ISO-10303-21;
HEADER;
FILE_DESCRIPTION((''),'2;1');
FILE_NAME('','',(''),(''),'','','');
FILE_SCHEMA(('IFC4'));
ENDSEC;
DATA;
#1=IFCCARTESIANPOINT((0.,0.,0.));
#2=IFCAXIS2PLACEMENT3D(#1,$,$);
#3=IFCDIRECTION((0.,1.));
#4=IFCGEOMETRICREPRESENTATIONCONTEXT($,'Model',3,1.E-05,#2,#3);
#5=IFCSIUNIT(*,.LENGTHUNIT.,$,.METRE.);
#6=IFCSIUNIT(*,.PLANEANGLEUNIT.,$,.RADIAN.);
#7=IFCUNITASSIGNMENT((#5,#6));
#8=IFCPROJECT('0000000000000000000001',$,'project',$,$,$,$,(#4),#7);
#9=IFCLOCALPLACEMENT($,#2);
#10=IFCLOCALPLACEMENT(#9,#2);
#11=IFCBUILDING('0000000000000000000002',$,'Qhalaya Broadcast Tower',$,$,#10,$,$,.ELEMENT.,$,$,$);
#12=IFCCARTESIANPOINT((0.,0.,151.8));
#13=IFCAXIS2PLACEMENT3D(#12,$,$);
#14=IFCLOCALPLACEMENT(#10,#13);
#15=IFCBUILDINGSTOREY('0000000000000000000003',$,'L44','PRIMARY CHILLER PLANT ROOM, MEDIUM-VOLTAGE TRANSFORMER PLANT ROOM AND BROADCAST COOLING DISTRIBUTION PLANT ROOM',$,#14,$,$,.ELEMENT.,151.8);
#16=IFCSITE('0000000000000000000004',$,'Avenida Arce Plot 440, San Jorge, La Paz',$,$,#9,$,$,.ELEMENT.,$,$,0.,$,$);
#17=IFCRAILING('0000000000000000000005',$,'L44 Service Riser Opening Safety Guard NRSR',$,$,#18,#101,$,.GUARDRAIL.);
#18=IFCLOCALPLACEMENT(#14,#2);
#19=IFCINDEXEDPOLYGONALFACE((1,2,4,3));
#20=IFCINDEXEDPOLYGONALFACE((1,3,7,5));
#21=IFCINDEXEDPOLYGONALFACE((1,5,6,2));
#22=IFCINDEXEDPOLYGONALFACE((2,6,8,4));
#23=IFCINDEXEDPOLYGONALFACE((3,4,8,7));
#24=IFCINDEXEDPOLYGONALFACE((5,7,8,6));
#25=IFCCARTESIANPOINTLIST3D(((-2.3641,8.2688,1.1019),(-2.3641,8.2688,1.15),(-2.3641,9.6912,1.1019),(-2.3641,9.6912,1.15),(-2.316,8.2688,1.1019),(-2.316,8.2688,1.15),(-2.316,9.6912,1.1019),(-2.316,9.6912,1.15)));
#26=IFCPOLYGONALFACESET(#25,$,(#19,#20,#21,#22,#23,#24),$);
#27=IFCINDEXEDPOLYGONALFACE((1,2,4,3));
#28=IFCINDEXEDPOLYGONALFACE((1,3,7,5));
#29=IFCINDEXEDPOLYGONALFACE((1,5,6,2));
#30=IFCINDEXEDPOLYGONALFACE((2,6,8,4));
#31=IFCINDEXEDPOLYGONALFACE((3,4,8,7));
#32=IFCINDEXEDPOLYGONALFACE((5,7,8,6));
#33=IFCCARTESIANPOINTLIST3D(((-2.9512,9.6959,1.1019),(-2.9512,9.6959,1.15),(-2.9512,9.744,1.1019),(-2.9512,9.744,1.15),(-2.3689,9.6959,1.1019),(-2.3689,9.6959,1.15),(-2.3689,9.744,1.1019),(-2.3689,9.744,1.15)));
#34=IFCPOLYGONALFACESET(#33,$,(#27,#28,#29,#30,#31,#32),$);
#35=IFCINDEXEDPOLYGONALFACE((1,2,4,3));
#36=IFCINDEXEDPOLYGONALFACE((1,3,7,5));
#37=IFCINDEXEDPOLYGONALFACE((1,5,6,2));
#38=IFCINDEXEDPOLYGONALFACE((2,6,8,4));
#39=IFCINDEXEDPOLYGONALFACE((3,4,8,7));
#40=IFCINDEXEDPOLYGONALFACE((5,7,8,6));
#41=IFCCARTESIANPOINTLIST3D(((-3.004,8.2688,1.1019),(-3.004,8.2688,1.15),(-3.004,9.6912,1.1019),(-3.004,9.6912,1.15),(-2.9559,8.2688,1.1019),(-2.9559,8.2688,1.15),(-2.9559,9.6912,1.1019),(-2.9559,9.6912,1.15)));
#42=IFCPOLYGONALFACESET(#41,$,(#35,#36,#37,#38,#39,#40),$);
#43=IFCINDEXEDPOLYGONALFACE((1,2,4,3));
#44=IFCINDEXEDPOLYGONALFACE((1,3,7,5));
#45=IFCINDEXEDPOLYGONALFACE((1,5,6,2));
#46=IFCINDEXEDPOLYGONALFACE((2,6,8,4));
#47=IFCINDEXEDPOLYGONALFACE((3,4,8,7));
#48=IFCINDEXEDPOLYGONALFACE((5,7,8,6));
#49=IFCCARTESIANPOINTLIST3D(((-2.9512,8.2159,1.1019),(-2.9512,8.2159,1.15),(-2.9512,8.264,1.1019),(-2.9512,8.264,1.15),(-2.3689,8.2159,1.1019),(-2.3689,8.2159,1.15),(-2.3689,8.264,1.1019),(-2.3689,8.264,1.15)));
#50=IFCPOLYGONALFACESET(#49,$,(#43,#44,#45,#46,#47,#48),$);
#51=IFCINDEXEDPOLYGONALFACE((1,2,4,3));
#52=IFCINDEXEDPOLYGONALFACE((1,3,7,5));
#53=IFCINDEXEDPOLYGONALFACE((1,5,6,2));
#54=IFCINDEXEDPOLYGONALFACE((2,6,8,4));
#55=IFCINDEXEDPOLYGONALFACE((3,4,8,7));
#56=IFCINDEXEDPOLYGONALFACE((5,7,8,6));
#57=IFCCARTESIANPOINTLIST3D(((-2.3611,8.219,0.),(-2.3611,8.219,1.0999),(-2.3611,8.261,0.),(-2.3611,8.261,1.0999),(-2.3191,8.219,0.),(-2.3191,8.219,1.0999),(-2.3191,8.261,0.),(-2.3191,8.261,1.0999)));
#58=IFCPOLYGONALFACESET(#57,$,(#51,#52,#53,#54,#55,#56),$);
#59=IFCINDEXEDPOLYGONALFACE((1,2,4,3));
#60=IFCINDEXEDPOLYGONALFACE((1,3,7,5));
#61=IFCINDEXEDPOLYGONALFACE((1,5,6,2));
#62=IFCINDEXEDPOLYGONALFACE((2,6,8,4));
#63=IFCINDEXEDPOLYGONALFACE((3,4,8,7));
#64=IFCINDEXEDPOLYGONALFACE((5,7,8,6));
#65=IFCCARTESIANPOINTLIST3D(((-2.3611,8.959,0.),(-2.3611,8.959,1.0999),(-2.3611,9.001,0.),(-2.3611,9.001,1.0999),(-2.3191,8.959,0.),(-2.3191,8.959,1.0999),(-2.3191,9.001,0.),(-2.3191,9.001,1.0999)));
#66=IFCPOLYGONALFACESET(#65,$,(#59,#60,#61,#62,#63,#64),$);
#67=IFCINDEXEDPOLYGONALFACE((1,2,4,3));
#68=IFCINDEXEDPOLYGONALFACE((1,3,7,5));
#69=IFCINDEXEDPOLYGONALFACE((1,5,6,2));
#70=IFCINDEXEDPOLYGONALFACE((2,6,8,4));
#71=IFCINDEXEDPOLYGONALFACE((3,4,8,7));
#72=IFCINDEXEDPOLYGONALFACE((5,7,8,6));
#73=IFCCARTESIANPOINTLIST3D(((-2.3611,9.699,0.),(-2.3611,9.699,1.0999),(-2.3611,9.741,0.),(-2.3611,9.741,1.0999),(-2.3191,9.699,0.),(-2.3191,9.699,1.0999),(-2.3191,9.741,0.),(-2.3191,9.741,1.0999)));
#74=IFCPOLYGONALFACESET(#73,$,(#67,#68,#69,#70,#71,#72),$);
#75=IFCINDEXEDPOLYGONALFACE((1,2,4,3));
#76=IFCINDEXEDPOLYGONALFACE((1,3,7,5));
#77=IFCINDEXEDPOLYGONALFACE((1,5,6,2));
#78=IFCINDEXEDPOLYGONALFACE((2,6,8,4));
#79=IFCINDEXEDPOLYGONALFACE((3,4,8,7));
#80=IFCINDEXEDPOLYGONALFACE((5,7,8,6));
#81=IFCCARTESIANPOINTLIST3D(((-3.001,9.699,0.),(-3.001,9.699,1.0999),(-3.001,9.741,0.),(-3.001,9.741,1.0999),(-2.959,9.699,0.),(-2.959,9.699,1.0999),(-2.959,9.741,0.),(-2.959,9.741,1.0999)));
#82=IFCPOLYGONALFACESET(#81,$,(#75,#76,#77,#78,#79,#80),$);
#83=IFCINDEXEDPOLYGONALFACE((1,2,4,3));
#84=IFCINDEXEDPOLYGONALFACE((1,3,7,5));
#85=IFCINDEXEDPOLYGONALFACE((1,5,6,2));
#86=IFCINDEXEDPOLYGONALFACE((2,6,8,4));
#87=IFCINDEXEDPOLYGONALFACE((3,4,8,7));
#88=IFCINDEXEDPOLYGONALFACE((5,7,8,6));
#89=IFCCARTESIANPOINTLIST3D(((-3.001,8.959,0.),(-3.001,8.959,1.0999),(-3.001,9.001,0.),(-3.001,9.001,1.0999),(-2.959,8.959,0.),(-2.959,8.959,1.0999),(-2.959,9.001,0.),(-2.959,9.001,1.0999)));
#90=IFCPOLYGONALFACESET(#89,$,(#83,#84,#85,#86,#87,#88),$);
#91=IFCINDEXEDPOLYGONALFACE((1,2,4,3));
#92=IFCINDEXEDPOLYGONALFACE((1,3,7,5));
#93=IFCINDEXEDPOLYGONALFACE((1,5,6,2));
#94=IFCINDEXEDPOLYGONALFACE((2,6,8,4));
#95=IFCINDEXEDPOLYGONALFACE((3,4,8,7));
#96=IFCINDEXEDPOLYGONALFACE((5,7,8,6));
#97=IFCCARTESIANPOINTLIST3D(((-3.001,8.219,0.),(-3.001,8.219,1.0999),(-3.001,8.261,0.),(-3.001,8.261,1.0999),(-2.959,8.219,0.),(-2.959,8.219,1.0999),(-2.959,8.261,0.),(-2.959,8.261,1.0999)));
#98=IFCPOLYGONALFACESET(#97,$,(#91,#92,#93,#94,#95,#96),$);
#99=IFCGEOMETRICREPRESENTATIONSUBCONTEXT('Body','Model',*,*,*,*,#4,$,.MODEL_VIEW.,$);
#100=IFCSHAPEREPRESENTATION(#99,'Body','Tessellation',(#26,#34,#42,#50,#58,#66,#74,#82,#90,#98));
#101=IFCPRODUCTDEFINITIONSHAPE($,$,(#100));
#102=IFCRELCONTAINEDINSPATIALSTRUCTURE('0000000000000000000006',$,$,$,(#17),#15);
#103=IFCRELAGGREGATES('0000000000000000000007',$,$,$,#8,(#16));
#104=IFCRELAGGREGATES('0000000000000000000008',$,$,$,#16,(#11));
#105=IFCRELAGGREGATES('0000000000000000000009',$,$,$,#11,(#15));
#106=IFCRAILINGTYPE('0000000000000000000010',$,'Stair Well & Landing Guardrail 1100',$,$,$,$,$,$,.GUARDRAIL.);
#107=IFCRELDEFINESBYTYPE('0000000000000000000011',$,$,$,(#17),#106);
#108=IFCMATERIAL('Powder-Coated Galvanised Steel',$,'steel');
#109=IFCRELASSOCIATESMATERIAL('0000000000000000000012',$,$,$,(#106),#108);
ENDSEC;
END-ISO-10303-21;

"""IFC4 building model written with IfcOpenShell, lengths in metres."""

from ifc_helpers import new_model, si_unit, direction, frame, origin, origin_2d, place, context, subcontext, project, spatial, rectangle, extrude, material, type_object, element, save


model = new_model("IFC4")

# Units and contexts
model_context = context("Model", 3, precision=1e-05, world=origin(), true_north=direction((0.0, 1.0)))
body_context = subcontext(model_context, "Body", "Model", "MODEL_VIEW")
ifc_project = project(units=[si_unit("LENGTHUNIT", "METRE"), si_unit("PLANEANGLEUNIT", "RADIAN")], contexts=[model_context])

# Site, building, storey
site_placement = place(None, origin())
site = spatial("IfcSite", under=ifc_project, at=site_placement, Name="Avenida Arce Plot 440, San Jorge, La Paz", CompositionType="ELEMENT", RefElevation=0.0)
building_placement = place(site_placement, origin())
building = spatial("IfcBuilding", under=site, at=building_placement, Name="Qhalaya Broadcast Tower", CompositionType="ELEMENT")
storey_placement = place(building_placement, frame((0.0, 0.0, 151.8)))
storey = spatial("IfcBuildingStorey", under=building, at=storey_placement, Name="L44", Description="PRIMARY CHILLER PLANT ROOM, MEDIUM-VOLTAGE TRANSFORMER PLANT ROOM AND BROADCAST COOLING DISTRIBUTION PLANT ROOM", CompositionType="ELEMENT", Elevation=151.8)

# Railing
ifc_material_1 = material(Name="Powder-Coated Galvanised Steel", Category="steel")
railing_type = type_object("IfcRailingType", Name="Stair Well & Landing Guardrail 1100", PredefinedType="GUARDRAIL", material=ifc_material_1)
railing_placement = place(storey_placement, frame((-2.3401, 8.24, 0.0)))
element("IfcRailing", 1, at=railing_placement, inside=storey, type_object=railing_type, Name="L44 Service Riser Opening Safety Guard NRSR", PredefinedType="GUARDRAIL", context=body_context, shape_type="SweptSolid", body=[
    extrude(rectangle(XDim=0.0481, YDim=0.0481, at=origin_2d()), frame((0.0, 0.0288, 1.126), z_axis=(0.0, 1.0, 0.0), x_axis=(-1.0, 0.0, 0.0)), (0.0, 0.0, 1.0), 1.4224),
    extrude(rectangle(XDim=0.0481, YDim=0.0481, at=origin_2d()), frame((-0.0288, 1.48, 1.126), z_axis=(-1.0, 0.0, 0.0), x_axis=(0.0, -1.0, 0.0)), (0.0, 0.0, 1.0), 0.5823),
    extrude(rectangle(XDim=0.0481, YDim=0.0481, at=origin_2d()), frame((-0.6399, 1.4512, 1.126), z_axis=(0.0, -1.0, 0.0), x_axis=(1.0, 0.0, 0.0)), (0.0, 0.0, 1.0), 1.4224),
    extrude(rectangle(XDim=0.0481, YDim=0.0481, at=origin_2d()), frame((-0.6111, 0.0, 1.126), z_axis=(1.0, 0.0, 0.0), x_axis=(0.0, 1.0, 0.0)), (0.0, 0.0, 1.0), 0.5823),
    extrude(rectangle(XDim=0.042, YDim=0.042, at=origin_2d()), origin(), (0.0, 0.0, 1.0), 1.0999),
    extrude(rectangle(XDim=0.042, YDim=0.042, at=origin_2d()), frame((0.0, 0.74, 0.0)), (0.0, 0.0, 1.0), 1.0999),
    extrude(rectangle(XDim=0.042, YDim=0.042, at=origin_2d()), frame((0.0, 1.48, 0.0)), (0.0, 0.0, 1.0), 1.0999),
    extrude(rectangle(XDim=0.042, YDim=0.042, at=origin_2d()), frame((-0.6399, 1.48, 0.0)), (0.0, 0.0, 1.0), 1.0999),
    extrude(rectangle(XDim=0.042, YDim=0.042, at=origin_2d()), frame((-0.6399, 0.74, 0.0)), (0.0, 0.0, 1.0), 1.0999),
    extrude(rectangle(XDim=0.042, YDim=0.042, at=origin_2d()), frame((-0.6399, 0.0, 0.0)), (0.0, 0.0, 1.0), 1.0999),
])

save(model, "model.ifc")
